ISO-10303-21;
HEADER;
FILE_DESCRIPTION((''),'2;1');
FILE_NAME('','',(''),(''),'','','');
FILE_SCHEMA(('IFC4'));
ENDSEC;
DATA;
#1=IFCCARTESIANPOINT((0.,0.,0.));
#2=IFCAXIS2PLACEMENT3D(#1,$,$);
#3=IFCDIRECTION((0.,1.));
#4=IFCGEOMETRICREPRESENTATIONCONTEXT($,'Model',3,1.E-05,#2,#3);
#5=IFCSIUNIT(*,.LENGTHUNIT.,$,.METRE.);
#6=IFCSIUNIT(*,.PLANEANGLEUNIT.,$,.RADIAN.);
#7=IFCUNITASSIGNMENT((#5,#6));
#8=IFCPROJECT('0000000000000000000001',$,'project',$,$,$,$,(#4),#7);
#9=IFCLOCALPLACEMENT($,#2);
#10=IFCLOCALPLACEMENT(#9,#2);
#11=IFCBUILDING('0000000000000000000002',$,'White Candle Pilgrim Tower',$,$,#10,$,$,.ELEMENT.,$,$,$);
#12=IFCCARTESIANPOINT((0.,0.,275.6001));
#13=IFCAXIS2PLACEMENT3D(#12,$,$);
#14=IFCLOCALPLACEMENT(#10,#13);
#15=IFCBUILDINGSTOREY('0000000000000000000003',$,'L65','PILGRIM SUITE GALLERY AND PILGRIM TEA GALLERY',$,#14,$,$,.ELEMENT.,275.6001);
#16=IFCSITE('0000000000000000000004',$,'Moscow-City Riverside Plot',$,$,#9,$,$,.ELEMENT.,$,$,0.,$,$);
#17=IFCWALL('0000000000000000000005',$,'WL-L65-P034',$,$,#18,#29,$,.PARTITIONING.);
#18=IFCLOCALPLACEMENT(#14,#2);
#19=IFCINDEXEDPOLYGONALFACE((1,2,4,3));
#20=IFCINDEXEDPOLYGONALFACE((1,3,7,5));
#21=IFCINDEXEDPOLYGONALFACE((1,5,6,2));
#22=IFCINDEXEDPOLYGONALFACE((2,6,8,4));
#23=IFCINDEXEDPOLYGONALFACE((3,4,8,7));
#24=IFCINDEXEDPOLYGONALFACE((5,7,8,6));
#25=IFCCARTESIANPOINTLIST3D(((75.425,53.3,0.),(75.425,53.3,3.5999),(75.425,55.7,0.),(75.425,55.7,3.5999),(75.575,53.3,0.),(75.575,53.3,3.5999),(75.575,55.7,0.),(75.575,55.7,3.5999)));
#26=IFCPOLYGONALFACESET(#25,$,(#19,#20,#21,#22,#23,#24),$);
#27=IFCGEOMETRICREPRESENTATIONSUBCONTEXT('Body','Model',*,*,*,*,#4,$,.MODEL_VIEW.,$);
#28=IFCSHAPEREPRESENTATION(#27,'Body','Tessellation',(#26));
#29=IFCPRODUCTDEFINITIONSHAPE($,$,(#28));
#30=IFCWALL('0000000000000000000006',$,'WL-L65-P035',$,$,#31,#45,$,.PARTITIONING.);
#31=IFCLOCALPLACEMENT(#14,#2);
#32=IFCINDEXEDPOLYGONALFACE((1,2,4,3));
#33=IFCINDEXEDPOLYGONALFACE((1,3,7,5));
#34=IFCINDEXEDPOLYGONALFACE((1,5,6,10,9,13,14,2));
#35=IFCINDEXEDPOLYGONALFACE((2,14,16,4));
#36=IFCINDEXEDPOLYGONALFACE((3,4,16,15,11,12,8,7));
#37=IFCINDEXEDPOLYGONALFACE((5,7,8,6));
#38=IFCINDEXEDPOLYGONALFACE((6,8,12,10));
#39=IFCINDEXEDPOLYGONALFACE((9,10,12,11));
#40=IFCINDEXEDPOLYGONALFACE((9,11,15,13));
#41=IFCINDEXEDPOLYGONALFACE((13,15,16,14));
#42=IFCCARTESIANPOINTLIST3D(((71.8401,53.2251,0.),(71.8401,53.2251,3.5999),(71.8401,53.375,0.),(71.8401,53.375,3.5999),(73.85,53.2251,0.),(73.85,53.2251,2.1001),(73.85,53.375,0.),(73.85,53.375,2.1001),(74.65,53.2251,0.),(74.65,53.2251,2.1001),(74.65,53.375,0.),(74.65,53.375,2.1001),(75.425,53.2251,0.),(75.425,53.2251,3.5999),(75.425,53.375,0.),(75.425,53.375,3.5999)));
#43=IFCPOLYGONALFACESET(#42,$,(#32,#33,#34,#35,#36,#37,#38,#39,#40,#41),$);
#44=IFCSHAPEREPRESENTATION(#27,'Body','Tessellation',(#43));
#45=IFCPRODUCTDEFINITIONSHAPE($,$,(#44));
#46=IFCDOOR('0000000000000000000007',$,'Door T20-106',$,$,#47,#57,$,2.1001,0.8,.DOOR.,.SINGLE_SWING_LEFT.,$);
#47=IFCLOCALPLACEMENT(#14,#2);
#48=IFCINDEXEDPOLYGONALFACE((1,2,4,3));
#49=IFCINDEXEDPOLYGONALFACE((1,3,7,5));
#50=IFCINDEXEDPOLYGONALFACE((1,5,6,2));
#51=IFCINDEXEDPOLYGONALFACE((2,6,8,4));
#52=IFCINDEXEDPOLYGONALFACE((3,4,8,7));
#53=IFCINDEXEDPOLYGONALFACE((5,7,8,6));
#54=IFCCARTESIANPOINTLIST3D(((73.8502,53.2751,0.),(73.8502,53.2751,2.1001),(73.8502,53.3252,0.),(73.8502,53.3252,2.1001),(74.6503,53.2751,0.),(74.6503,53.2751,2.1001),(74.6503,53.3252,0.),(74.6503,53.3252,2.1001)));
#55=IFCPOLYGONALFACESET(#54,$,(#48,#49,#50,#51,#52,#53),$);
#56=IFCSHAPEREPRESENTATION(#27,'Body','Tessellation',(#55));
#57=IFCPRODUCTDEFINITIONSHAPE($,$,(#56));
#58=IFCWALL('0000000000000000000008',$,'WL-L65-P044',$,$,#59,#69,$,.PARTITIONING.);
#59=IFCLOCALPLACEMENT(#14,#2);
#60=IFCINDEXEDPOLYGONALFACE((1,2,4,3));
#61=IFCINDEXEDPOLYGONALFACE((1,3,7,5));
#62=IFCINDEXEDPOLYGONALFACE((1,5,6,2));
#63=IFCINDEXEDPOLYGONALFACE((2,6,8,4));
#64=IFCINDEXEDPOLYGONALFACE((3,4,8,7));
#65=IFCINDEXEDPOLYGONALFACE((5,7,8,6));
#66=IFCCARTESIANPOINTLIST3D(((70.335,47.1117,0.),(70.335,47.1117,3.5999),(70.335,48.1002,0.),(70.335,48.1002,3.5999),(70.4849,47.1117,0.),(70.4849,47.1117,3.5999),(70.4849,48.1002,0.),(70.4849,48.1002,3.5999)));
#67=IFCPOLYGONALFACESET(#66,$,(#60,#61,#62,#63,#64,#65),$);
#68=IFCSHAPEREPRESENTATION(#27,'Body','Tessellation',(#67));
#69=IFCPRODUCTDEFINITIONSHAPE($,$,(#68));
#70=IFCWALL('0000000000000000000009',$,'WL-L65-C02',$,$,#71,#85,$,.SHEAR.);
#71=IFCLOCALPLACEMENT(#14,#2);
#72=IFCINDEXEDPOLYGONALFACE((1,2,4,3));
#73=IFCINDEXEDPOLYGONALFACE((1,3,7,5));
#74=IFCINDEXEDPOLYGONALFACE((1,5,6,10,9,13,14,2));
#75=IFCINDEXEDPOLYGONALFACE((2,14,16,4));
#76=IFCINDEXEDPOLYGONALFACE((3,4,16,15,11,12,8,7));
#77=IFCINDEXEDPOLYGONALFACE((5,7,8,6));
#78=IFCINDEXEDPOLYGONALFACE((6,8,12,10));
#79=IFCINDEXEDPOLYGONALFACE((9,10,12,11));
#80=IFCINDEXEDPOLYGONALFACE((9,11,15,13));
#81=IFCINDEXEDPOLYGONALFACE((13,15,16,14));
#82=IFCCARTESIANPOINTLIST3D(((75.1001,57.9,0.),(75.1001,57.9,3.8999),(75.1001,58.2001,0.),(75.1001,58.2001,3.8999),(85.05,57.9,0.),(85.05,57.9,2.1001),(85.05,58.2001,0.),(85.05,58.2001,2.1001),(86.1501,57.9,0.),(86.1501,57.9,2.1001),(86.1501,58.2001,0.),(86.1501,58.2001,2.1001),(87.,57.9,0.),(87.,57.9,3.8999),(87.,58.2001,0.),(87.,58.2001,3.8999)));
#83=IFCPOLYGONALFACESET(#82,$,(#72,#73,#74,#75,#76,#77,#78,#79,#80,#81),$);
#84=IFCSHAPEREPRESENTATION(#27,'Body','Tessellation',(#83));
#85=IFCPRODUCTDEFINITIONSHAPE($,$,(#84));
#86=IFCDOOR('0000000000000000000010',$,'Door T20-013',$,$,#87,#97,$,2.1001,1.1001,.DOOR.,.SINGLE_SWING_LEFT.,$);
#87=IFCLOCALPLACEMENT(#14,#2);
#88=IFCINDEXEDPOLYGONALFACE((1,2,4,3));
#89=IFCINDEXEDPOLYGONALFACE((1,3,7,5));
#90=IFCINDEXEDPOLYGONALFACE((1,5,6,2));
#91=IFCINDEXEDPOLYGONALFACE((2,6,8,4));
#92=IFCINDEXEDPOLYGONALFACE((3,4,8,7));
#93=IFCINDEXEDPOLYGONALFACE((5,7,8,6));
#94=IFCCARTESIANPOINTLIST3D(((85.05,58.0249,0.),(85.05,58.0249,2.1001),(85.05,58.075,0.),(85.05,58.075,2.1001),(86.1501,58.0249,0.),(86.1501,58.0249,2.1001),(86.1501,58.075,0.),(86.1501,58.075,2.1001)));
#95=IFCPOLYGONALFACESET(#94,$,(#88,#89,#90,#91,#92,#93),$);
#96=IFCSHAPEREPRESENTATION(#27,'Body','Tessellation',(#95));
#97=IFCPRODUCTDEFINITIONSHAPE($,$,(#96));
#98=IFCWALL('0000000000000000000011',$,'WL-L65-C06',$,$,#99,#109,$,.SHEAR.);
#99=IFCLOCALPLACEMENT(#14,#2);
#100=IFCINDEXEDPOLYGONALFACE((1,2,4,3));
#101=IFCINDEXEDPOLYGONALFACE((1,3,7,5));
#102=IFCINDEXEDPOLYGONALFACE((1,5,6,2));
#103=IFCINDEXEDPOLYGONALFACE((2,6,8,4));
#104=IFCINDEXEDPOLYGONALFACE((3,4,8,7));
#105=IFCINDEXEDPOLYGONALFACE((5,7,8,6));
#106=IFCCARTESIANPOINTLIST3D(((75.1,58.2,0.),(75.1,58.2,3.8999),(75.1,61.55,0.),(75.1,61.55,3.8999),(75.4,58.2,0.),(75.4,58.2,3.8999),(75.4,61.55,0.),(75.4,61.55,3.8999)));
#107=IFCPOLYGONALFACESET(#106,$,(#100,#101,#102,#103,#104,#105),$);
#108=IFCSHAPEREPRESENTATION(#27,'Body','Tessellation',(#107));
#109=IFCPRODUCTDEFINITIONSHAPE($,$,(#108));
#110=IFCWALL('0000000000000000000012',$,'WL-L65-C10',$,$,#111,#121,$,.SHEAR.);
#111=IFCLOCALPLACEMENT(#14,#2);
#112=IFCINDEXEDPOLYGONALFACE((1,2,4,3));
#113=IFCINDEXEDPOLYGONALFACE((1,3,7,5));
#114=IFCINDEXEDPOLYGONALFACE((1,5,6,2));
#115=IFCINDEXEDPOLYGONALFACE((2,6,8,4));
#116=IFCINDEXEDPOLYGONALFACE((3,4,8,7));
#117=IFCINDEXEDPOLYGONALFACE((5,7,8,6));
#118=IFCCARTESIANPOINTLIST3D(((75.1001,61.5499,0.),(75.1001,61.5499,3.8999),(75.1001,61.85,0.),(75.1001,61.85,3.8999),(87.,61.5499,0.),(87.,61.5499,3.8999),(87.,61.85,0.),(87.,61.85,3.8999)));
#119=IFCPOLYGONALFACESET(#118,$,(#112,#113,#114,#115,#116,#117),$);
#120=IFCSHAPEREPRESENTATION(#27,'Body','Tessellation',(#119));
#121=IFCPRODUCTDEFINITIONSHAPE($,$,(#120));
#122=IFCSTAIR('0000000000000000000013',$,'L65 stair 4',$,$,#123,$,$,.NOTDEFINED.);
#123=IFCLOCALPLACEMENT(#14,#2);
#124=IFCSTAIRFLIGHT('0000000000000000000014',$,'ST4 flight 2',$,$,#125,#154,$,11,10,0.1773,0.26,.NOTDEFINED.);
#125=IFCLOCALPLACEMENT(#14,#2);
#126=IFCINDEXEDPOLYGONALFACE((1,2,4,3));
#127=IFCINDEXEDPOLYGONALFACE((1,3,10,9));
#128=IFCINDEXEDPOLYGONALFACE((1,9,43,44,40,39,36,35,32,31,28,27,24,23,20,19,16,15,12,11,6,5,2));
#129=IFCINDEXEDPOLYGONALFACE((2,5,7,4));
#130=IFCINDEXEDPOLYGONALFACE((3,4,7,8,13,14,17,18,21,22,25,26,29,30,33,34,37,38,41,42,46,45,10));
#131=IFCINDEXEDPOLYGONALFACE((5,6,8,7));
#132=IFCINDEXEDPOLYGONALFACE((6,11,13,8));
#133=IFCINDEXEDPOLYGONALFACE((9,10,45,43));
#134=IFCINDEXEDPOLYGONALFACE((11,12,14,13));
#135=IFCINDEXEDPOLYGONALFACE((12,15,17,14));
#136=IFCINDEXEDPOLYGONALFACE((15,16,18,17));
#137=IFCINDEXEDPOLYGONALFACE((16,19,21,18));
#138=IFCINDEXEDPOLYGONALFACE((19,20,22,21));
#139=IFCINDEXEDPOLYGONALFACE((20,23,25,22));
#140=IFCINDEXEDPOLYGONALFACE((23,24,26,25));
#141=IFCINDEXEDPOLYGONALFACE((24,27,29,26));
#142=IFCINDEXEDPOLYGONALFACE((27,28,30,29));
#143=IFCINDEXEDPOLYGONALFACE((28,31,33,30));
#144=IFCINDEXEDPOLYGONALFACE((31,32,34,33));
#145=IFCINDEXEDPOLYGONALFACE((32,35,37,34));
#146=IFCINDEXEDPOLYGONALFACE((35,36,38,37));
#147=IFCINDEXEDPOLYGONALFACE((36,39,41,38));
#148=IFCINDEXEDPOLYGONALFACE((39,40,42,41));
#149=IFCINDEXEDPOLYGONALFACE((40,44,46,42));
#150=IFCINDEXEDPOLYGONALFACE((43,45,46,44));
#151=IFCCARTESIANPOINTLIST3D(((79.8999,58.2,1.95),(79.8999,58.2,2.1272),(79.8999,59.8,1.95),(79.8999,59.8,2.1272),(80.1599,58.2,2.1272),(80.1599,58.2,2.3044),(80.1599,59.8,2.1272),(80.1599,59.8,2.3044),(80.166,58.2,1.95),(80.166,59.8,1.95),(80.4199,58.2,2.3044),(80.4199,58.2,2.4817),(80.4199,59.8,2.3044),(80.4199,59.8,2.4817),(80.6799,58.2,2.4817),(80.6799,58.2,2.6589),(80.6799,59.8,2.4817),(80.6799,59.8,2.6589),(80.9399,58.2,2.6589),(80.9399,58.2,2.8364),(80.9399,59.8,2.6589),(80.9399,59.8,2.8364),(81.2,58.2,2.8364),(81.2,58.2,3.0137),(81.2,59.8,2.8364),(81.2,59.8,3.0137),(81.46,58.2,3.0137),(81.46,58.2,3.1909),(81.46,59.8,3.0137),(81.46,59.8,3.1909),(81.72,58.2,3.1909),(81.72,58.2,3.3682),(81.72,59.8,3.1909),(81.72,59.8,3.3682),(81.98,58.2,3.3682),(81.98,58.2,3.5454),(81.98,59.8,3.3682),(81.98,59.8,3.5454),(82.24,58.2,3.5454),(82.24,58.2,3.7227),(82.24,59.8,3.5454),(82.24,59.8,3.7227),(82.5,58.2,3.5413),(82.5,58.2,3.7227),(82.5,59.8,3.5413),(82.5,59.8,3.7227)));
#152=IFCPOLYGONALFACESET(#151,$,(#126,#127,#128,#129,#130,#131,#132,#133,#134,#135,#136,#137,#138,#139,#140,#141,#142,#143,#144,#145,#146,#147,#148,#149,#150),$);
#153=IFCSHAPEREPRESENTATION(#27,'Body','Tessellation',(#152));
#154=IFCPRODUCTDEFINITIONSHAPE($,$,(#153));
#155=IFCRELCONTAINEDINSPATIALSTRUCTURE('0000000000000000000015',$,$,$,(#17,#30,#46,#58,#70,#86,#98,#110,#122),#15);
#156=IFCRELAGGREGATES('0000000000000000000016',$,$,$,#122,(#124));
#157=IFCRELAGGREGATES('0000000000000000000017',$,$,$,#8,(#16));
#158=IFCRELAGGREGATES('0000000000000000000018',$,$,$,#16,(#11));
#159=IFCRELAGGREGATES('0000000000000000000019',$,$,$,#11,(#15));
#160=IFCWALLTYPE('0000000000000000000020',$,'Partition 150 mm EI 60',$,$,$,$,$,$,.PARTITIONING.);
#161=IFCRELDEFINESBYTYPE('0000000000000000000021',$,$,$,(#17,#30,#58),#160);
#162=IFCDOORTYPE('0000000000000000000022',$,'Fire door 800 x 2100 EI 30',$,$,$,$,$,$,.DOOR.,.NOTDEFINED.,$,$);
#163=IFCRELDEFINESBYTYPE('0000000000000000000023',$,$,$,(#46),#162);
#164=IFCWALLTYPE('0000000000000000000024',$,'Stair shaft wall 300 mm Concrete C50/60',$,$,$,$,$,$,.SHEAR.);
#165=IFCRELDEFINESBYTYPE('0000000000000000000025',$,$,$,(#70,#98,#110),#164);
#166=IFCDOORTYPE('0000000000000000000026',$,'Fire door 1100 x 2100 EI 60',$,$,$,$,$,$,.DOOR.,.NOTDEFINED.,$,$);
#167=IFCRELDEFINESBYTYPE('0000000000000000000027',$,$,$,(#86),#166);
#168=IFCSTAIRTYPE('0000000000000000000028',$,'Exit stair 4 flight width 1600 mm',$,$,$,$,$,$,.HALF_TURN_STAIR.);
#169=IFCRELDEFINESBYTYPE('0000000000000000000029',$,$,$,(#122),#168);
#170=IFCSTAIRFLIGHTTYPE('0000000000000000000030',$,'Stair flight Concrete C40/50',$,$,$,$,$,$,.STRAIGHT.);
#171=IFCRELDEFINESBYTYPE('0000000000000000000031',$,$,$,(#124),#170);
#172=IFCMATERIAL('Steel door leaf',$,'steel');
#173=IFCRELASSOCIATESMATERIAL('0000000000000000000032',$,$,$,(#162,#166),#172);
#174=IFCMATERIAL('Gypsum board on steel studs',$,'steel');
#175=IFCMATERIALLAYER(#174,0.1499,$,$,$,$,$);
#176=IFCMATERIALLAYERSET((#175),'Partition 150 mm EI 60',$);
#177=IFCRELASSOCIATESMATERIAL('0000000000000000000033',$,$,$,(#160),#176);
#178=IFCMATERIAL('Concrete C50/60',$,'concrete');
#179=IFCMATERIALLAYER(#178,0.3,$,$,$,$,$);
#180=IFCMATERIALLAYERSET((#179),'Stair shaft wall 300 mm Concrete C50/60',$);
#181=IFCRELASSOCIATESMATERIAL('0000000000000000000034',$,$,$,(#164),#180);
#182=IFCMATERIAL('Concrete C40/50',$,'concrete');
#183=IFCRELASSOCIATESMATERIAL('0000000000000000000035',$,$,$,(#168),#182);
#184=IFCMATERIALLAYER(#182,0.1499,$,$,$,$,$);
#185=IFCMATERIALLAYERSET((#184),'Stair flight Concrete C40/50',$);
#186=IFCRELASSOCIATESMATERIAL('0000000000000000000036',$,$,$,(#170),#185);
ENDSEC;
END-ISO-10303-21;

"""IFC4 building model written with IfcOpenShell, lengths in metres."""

from ifc_helpers import new_model, si_unit, direction, frame, frame_2d, origin, place, context, subcontext, project, spatial, polyline, rectangle, outline, extrude, material, layer, layer_set, type_object, element, fill, aggregate, save


model = new_model("IFC4")

# Units and contexts
model_context = context("Model", 3, precision=1e-05, world=origin(), true_north=direction((0.0, 1.0)))
body_context = subcontext(model_context, "Body", "Model", "MODEL_VIEW")
ifc_project = project(units=[si_unit("LENGTHUNIT", "METRE"), si_unit("PLANEANGLEUNIT", "RADIAN")], contexts=[model_context])

# Site, building, storey
site_placement = place(None, origin())
site = spatial("IfcSite", under=ifc_project, at=site_placement, Name="Moscow-City Riverside Plot", CompositionType="ELEMENT", RefElevation=0.0)
building_placement = place(site_placement, origin())
building = spatial("IfcBuilding", under=site, at=building_placement, Name="White Candle Pilgrim Tower", CompositionType="ELEMENT")
storey_placement = place(building_placement, frame((0.0, 0.0, 275.6001)))
storey = spatial("IfcBuildingStorey", under=building, at=storey_placement, Name="L65", Description="PILGRIM SUITE GALLERY AND PILGRIM TEA GALLERY", CompositionType="ELEMENT", Elevation=275.6001)

# Shared definitions
ifc_material_1 = material(Name="Concrete C50/60", Category="concrete")

# Shared definitions
ifc_material_2 = material(Name="Gypsum board on steel studs", Category="steel")

# Shared definitions
ifc_material_3 = material(Name="Steel door leaf", Category="steel")
door_type_1 = type_object("IfcDoorType", Name="Fire door 800 x 2100 EI 30", OperationType="NOTDEFINED", PredefinedType="DOOR", material=ifc_material_3)

# Wall
ifc_layer_1 = layer(ifc_material_2, 0.1499)
ifc_layer_set_1 = layer_set([ifc_layer_1], Name="Partition 150 mm EI 60")
wall_type_1 = type_object("IfcWallType", Name="Partition 150 mm EI 60", PredefinedType="PARTITIONING", material=ifc_layer_set_1)
wall_1_placement = place(storey_placement, frame((75.5, 55.7, 0.0), z_axis=(0.0, 0.0, 1.0), x_axis=(0.0, -1.0, 0.0)))
element("IfcWall", 1, at=wall_1_placement, inside=storey, type_object=wall_type_1, Name="WL-L65-P034", PredefinedType="PARTITIONING", context=body_context, shape_type="SweptSolid", body=[
    extrude(rectangle(XDim=2.3999, YDim=0.1499, at=frame_2d((1.2, 0.0))), origin(), (0.0, 0.0, 1.0), 3.5999),
])

# Wall, opening, door
wall_2_placement = place(storey_placement, frame((71.8401, 53.3, 0.0), z_axis=(0.0, 0.0, 1.0), x_axis=(1.0, 0.0, 0.0)))
wall_2 = element("IfcWall", 2, at=wall_2_placement, inside=storey, type_object=wall_type_1, Name="WL-L65-P035", PredefinedType="PARTITIONING", context=body_context, shape_type="SweptSolid", body=[
    extrude(rectangle(XDim=3.585, YDim=0.1499, at=frame_2d((1.7925, 0.0))), origin(), (0.0, 0.0, 1.0), 3.5999),
])
opening_1_placement = place(wall_2_placement, frame((2.01, 0.0, 0.0)))
opening_1 = element("IfcOpeningElement", 3, at=opening_1_placement, cuts=wall_2, PredefinedType="OPENING", context=body_context, shape_type="SweptSolid", body=[
    extrude(rectangle(XDim=0.8, YDim=2.1001, at=frame_2d((0.3999, 1.05))), frame((0.0, 0.085, 0.0), z_axis=(0.0, -1.0, 0.0), x_axis=(1.0, 0.0, 0.0)), (0.0, 0.0, 1.0), 0.1699),
])
door_1_placement = place(opening_1_placement, frame((0.8, 0.0, 0.0), z_axis=(0.0, 0.0, 1.0), x_axis=(-1.0, 0.0, 0.0)))
door_1 = element("IfcDoor", 4, at=door_1_placement, inside=storey, type_object=door_type_1, Name="Door T20-106", OperationType="SINGLE_SWING_LEFT", OverallHeight=2.1001, OverallWidth=0.8, PredefinedType="DOOR", context=body_context, shape_type="SweptSolid", body=[
    extrude(rectangle(XDim=0.8, YDim=2.1001, at=frame_2d((0.3999, 1.05))), frame((0.0, 0.0249, 0.0), z_axis=(0.0, -1.0, 0.0), x_axis=(1.0, 0.0, 0.0)), (0.0, 0.0, 1.0), 0.05),
])
fill(opening_1, door_1)

# Wall
wall_3_placement = place(storey_placement, frame((70.4099, 48.1001, 0.0), z_axis=(0.0, 0.0, 1.0), x_axis=(0.0, -1.0, 0.0)))
element("IfcWall", 5, at=wall_3_placement, inside=storey, type_object=wall_type_1, Name="WL-L65-P044", PredefinedType="PARTITIONING", context=body_context, shape_type="SweptSolid", body=[
    extrude(rectangle(XDim=0.9885, YDim=0.1499, at=frame_2d((0.4941, 0.0))), origin(), (0.0, 0.0, 1.0), 3.5999),
])

# Wall, opening, door
ifc_layer_2 = layer(ifc_material_1, 0.3)
ifc_layer_set_2 = layer_set([ifc_layer_2], Name="Stair shaft wall 300 mm Concrete C50/60")
wall_type_2 = type_object("IfcWallType", Name="Stair shaft wall 300 mm Concrete C50/60", PredefinedType="SHEAR", material=ifc_layer_set_2)
wall_4_placement = place(storey_placement, frame((75.1001, 58.05, 0.0), z_axis=(0.0, 0.0, 1.0), x_axis=(1.0, 0.0, 0.0)))
wall_4 = element("IfcWall", 6, at=wall_4_placement, inside=storey, type_object=wall_type_2, Name="WL-L65-C02", PredefinedType="SHEAR", context=body_context, shape_type="SweptSolid", body=[
    extrude(rectangle(XDim=11.8999, YDim=0.3, at=frame_2d((5.95, 0.0))), origin(), (0.0, 0.0, 1.0), 3.8999),
])
opening_2_placement = place(wall_4_placement, frame((9.95, 0.0, 0.0)))
opening_2 = element("IfcOpeningElement", 7, at=opening_2_placement, cuts=wall_4, PredefinedType="OPENING", context=body_context, shape_type="SweptSolid", body=[
    extrude(rectangle(XDim=1.1001, YDim=2.1001, at=frame_2d((0.55, 1.05))), frame((0.0, 0.1599, 0.0), z_axis=(0.0, -1.0, 0.0), x_axis=(1.0, 0.0, 0.0)), (0.0, 0.0, 1.0), 0.3201),
])
door_type_2 = type_object("IfcDoorType", Name="Fire door 1100 x 2100 EI 60", OperationType="NOTDEFINED", PredefinedType="DOOR", material=ifc_material_3)
door_2_placement = place(opening_2_placement, origin())
door_2 = element("IfcDoor", 8, at=door_2_placement, inside=storey, type_object=door_type_2, Name="Door T20-013", OperationType="SINGLE_SWING_LEFT", OverallHeight=2.1001, OverallWidth=1.1001, PredefinedType="DOOR", context=body_context, shape_type="SweptSolid", body=[
    extrude(rectangle(XDim=1.1001, YDim=2.1001, at=frame_2d((0.55, 1.05))), frame((0.0, 0.0249, 0.0), z_axis=(0.0, -1.0, 0.0), x_axis=(1.0, 0.0, 0.0)), (0.0, 0.0, 1.0), 0.05),
])
fill(opening_2, door_2)

# Walls
wall_5_placement = place(storey_placement, frame((75.25, 58.2, 0.0), z_axis=(0.0, 0.0, 1.0), x_axis=(0.0, 1.0, 0.0)))
element("IfcWall", 9, at=wall_5_placement, inside=storey, type_object=wall_type_2, Name="WL-L65-C06", PredefinedType="SHEAR", context=body_context, shape_type="SweptSolid", body=[
    extrude(rectangle(XDim=3.3501, YDim=0.3, at=frame_2d((1.675, 0.0))), origin(), (0.0, 0.0, 1.0), 3.8999),
])
wall_6_placement = place(storey_placement, frame((75.1001, 61.7, 0.0), z_axis=(0.0, 0.0, 1.0), x_axis=(1.0, 0.0, 0.0)))
element("IfcWall", 10, at=wall_6_placement, inside=storey, type_object=wall_type_2, Name="WL-L65-C10", PredefinedType="SHEAR", context=body_context, shape_type="SweptSolid", body=[
    extrude(rectangle(XDim=11.8999, YDim=0.3, at=frame_2d((5.95, 0.0))), origin(), (0.0, 0.0, 1.0), 3.8999),
])

# Stair, stair flight
ifc_material_4 = material(Name="Concrete C40/50", Category="concrete")
stair_type = type_object("IfcStairType", Name="Exit stair 4 flight width 1600 mm", PredefinedType="HALF_TURN_STAIR", material=ifc_material_4)
stair_placement = place(storey_placement, origin())
stair = element("IfcStair", 11, at=stair_placement, inside=storey, type_object=stair_type, Name="L65 stair 4", PredefinedType="NOTDEFINED")
ifc_layer_3 = layer(ifc_material_4, 0.1499)
ifc_layer_set_3 = layer_set([ifc_layer_3], Name="Stair flight Concrete C40/50")
stair_flight_type = type_object("IfcStairFlightType", Name="Stair flight Concrete C40/50", PredefinedType="STRAIGHT", material=ifc_layer_set_3)
stair_flight_placement = place(storey_placement, frame((79.8999, 59.0, 1.95), z_axis=(0.0, 0.0, 1.0), x_axis=(1.0, 0.0, 0.0)))
stair_flight = element("IfcStairFlight", 12, at=stair_flight_placement, type_object=stair_flight_type, Name="ST4 flight 2", NumberOfRisers=11, NumberOfTreads=10, PredefinedType="NOTDEFINED", RiserHeight=0.1773, TreadLength=0.26, context=body_context, shape_type="SweptSolid", body=[
    extrude(outline(polyline([(0.0, 0.0), (0.0, 0.1772), (0.26, 0.1772), (0.26, 0.3545), (0.52, 0.3545), (0.52, 0.5317), (0.78, 0.5317), (0.78, 0.709), (1.04, 0.709), (1.04, 0.8865), (1.3, 0.8865), (1.3, 1.0637), (1.5601, 1.0637), (1.5601, 1.241), (1.8201, 1.241), (1.8201, 1.4182), (2.0801, 1.4182), (2.0801, 1.5955), (2.3401, 1.5955), (2.3401, 1.7727), (2.6001, 1.7727), (2.6001, 1.95), (2.6001, 1.5913), (0.2661, 0.0), (0.0, 0.0)])), frame((0.0, 0.8, 0.0), z_axis=(0.0, -1.0, 0.0), x_axis=(1.0, 0.0, 0.0)), (0.0, 0.0, 1.0), 1.6001),
])
aggregate(stair, [stair_flight])

save(model, "model.ifc")
